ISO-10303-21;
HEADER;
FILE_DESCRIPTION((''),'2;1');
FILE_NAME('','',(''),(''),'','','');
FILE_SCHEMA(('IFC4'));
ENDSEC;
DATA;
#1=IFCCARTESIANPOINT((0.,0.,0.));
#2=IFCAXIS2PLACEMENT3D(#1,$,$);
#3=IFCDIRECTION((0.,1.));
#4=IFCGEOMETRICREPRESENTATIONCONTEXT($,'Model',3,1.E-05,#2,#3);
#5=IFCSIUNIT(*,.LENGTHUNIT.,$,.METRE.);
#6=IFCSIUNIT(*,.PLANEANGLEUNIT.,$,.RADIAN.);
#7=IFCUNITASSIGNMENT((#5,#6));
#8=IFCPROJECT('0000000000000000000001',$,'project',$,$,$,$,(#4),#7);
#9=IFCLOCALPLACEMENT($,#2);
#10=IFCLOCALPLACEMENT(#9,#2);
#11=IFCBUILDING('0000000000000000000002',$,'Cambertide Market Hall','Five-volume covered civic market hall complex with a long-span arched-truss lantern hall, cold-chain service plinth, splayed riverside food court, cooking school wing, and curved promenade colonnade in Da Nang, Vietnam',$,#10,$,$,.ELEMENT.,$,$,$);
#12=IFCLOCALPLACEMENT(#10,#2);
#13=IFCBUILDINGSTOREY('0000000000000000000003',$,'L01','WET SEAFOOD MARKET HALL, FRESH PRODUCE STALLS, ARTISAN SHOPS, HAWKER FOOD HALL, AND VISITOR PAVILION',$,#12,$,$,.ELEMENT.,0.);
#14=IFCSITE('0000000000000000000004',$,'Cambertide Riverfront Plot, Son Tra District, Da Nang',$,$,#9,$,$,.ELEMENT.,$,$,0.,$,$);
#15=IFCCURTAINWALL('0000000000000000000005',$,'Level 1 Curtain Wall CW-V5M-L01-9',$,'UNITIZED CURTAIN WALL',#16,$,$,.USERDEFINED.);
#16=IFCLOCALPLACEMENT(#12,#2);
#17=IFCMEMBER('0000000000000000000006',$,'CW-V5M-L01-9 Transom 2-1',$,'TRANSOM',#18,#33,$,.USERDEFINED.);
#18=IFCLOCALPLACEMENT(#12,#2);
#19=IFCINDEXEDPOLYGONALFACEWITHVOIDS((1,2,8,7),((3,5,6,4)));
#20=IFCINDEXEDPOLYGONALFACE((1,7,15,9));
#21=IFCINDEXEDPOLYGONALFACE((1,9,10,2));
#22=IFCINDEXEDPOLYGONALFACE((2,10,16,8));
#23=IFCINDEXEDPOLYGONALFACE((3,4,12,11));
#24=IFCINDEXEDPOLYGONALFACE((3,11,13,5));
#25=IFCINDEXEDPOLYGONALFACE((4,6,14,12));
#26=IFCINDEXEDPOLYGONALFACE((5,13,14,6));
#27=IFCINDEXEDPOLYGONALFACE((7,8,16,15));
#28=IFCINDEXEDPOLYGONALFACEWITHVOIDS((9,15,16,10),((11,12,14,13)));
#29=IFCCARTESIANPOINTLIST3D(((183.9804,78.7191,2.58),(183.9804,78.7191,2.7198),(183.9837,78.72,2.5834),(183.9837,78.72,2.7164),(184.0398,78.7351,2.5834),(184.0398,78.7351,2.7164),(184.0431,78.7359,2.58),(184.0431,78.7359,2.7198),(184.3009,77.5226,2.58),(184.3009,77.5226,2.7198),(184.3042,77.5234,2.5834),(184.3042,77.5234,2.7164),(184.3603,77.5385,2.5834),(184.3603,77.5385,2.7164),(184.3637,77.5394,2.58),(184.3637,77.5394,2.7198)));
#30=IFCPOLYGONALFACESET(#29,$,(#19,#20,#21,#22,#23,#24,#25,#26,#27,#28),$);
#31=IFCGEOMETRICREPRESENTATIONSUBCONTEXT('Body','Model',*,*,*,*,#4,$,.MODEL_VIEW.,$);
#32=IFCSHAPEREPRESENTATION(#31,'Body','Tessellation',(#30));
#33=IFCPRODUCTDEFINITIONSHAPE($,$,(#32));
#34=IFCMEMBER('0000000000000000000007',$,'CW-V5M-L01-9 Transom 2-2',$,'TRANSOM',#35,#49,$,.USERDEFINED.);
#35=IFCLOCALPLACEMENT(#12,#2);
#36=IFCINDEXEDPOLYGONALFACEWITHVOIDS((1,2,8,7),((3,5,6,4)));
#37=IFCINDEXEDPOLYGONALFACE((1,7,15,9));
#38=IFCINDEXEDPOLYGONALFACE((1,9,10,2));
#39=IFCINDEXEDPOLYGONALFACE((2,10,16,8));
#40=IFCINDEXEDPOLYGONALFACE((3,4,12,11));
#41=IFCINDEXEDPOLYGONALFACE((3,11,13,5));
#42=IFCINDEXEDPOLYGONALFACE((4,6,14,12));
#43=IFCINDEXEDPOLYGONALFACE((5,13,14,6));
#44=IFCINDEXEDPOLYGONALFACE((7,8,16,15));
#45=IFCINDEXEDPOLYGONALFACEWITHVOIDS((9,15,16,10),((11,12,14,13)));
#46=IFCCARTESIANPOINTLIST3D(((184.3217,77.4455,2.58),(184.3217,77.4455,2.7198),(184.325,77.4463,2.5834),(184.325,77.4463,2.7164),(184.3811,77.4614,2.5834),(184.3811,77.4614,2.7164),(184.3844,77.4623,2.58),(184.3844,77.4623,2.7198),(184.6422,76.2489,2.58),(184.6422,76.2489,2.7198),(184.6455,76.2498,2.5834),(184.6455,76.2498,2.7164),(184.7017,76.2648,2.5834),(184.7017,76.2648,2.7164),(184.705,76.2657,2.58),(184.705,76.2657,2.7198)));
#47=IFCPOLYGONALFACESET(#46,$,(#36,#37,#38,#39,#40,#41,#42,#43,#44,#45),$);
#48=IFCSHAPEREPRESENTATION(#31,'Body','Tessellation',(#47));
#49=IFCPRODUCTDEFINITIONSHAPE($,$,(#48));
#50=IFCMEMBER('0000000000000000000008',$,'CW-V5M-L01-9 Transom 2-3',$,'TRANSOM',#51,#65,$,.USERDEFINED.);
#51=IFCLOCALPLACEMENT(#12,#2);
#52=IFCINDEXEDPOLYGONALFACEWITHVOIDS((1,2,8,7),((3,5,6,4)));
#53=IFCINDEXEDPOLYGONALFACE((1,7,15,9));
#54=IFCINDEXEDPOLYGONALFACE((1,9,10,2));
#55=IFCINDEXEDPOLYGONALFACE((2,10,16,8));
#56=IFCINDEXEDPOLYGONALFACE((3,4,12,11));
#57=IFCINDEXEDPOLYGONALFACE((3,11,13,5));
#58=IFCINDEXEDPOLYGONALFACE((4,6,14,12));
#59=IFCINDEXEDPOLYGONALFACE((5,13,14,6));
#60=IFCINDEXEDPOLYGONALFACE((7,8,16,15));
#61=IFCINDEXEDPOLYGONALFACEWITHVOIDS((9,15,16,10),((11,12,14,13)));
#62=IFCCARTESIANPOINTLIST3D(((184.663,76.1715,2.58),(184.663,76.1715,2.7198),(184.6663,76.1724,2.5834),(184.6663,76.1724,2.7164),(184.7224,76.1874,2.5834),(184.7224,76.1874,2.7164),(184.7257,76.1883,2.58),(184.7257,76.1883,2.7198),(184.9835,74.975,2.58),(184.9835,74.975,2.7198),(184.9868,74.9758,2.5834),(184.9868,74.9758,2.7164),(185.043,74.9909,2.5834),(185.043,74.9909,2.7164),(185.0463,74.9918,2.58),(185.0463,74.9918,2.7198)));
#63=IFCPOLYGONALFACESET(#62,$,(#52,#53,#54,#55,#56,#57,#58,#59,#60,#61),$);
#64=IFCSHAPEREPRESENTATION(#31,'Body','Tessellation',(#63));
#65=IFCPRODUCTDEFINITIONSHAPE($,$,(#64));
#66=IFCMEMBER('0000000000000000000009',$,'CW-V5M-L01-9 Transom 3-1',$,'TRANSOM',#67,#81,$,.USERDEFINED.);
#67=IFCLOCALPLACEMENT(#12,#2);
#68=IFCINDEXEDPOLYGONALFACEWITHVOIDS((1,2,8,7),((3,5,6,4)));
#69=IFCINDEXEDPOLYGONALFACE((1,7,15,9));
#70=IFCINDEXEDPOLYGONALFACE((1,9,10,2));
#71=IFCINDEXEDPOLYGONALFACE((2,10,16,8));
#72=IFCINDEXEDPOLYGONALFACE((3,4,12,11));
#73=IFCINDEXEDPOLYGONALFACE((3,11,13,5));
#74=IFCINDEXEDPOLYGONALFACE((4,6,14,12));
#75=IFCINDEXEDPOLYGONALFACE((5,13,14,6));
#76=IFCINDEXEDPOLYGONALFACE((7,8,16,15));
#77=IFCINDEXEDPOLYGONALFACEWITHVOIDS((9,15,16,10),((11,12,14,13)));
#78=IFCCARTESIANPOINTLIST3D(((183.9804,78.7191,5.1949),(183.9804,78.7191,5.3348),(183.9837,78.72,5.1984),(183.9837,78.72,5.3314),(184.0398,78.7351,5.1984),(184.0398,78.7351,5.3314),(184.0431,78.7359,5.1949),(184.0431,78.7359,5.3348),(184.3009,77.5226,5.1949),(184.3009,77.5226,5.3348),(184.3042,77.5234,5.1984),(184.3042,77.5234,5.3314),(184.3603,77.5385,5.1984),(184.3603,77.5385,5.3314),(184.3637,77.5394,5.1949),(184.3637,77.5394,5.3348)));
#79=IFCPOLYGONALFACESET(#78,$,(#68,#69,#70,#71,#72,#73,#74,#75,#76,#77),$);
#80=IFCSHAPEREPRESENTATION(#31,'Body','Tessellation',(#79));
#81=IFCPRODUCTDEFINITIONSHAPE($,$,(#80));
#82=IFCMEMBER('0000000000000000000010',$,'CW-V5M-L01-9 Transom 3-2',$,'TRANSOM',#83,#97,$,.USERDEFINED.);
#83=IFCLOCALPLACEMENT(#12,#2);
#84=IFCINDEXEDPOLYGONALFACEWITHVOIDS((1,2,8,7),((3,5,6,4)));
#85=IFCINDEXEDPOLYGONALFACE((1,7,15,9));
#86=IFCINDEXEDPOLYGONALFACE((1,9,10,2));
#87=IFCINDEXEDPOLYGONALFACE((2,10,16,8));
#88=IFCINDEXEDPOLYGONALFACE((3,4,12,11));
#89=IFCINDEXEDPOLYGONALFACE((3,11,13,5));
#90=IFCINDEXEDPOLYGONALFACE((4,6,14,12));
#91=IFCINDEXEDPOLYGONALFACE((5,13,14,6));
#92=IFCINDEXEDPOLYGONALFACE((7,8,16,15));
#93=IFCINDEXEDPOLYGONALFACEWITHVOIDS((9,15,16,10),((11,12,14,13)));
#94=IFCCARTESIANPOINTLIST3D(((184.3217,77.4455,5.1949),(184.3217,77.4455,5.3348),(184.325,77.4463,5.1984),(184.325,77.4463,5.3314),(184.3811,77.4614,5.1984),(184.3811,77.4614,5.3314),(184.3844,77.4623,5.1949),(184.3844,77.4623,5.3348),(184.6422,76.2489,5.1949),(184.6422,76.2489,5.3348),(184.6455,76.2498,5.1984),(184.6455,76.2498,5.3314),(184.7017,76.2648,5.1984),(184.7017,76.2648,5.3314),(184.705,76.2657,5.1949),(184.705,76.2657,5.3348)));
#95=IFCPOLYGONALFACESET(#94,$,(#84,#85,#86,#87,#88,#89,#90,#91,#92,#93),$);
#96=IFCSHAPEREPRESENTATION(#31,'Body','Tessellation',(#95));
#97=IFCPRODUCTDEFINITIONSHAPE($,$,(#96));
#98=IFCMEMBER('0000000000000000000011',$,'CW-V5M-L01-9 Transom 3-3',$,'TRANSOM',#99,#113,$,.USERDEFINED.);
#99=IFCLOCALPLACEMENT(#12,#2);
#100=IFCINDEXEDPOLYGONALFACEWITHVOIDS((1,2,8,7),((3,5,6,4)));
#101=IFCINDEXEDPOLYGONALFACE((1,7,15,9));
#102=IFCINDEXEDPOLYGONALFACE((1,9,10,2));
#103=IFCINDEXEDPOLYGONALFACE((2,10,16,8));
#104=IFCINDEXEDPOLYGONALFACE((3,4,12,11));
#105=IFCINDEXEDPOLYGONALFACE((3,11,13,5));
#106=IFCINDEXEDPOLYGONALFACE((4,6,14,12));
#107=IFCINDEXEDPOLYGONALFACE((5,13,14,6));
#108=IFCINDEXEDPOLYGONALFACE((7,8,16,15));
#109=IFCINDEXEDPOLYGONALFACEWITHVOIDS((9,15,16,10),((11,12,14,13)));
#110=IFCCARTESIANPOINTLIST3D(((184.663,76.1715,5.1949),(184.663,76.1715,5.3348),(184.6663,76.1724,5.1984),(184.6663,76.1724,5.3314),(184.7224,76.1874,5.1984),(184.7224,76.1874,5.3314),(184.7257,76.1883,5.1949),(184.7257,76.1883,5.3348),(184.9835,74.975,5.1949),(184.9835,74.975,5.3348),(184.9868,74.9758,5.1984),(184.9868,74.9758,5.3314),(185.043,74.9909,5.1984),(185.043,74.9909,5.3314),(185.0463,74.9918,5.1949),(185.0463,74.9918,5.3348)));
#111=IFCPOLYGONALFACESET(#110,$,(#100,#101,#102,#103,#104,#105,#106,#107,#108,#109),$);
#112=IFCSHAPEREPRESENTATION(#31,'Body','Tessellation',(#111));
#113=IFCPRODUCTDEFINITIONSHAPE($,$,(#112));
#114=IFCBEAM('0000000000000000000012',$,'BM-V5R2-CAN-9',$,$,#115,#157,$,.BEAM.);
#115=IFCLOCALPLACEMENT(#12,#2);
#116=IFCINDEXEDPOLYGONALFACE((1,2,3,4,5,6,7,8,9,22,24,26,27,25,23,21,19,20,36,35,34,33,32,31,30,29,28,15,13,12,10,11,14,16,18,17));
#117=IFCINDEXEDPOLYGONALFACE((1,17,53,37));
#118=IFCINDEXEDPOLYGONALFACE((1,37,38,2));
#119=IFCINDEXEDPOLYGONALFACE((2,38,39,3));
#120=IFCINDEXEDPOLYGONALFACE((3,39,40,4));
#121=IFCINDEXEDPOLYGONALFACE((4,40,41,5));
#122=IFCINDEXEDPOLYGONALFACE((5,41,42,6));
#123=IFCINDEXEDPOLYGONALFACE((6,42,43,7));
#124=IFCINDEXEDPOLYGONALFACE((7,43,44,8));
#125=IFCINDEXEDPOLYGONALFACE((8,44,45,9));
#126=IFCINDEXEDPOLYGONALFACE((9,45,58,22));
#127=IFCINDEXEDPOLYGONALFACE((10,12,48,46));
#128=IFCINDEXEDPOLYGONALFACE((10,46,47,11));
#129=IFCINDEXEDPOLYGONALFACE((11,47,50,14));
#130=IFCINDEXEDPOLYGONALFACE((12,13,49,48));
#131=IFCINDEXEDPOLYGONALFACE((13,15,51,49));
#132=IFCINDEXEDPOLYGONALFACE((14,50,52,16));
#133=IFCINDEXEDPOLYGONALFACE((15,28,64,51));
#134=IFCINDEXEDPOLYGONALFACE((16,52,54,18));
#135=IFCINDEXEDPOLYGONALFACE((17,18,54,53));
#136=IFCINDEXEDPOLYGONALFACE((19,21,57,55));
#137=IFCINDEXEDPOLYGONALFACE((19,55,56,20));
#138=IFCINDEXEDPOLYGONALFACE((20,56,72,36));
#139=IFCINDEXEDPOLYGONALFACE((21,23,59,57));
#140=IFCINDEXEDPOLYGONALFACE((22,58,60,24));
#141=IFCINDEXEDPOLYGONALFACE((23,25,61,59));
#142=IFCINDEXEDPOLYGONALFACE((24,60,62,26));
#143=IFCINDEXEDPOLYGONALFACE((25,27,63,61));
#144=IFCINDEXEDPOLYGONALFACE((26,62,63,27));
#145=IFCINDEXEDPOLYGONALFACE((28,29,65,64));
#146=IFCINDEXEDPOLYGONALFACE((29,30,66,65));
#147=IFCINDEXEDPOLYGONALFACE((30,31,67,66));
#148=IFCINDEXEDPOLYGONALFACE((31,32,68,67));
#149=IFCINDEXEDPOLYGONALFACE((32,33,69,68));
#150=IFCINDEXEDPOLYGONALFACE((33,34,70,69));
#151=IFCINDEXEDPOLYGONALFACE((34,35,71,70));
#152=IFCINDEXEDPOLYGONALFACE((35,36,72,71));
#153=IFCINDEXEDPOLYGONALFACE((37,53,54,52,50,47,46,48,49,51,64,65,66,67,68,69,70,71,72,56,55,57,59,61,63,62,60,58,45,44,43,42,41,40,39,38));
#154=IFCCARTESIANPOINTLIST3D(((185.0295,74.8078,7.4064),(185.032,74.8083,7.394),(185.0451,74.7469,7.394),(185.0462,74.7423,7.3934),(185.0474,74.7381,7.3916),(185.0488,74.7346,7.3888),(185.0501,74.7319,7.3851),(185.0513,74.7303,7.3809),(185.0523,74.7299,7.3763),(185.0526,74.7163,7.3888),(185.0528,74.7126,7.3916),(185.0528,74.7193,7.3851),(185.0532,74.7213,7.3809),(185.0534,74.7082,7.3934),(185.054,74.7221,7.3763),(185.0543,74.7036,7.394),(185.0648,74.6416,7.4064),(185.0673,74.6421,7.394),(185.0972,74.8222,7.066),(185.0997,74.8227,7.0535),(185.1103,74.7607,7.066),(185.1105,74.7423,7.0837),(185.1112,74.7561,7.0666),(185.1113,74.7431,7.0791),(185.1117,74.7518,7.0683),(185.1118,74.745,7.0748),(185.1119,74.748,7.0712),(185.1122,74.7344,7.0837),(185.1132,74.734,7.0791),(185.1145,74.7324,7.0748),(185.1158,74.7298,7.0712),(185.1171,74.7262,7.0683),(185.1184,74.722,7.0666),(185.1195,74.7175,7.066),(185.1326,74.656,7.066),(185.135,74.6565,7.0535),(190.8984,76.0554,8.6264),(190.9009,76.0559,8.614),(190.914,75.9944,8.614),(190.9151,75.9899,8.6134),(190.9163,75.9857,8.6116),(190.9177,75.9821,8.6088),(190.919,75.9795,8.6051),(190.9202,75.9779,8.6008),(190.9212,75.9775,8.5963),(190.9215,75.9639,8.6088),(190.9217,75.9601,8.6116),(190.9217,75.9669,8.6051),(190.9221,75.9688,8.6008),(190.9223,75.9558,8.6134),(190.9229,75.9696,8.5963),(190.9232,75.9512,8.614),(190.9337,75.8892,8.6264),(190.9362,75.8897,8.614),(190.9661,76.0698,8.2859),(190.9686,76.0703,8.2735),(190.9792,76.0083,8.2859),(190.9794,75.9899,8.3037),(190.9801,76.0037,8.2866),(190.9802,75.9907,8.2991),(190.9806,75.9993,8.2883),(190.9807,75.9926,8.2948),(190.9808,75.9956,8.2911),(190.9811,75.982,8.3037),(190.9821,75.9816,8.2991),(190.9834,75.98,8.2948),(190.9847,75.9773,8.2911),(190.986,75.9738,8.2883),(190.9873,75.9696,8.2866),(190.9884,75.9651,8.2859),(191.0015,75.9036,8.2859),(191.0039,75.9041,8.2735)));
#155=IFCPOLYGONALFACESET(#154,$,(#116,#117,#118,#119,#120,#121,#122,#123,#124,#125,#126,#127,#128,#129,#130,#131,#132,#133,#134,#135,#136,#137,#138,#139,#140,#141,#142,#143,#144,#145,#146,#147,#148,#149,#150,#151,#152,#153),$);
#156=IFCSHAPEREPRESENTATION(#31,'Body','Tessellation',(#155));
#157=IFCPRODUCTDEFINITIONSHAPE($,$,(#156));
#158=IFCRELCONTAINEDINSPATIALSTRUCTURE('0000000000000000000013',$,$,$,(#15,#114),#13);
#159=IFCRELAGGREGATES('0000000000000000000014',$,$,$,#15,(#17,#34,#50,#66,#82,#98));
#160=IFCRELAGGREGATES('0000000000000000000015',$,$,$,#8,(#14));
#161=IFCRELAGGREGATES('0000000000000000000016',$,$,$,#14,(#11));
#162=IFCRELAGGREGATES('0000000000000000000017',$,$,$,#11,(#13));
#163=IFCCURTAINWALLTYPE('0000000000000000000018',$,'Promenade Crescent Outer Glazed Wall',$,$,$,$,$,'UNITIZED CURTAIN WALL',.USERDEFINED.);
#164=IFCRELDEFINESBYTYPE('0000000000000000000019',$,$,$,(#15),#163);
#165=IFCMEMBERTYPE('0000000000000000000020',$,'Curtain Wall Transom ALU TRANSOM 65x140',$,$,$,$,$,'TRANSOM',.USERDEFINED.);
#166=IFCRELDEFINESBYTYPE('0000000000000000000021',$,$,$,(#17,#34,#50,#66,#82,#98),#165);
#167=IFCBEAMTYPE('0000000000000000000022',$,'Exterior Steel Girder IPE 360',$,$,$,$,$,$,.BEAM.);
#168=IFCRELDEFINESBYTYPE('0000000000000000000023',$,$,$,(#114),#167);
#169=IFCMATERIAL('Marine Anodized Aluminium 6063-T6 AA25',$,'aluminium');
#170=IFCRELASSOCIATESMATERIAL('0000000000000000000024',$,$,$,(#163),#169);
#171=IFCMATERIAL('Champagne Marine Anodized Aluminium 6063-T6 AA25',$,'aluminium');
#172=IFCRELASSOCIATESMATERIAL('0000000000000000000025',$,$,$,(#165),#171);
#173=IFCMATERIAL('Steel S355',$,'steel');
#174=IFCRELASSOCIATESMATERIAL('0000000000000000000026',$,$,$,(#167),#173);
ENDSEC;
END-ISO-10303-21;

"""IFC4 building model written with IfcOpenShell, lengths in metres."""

from ifc_helpers import new_model, si_unit, direction, frame, origin, origin_2d, place, context, subcontext, project, spatial, hollow_rectangle, i_section, extrude, material, material_profile, profile_set, type_object, element, aggregate, save


model = new_model("IFC4")

# Units and contexts
model_context = context("Model", 3, precision=1e-05, world=origin(), true_north=direction((0.0, 1.0)))
body_context = subcontext(model_context, "Body", "Model", "MODEL_VIEW")
ifc_project = project(units=[si_unit("LENGTHUNIT", "METRE"), si_unit("PLANEANGLEUNIT", "RADIAN")], contexts=[model_context])

# Site, building, storey
site_placement = place(None, origin())
site = spatial("IfcSite", under=ifc_project, at=site_placement, Name="Cambertide Riverfront Plot, Son Tra District, Da Nang", CompositionType="ELEMENT", RefElevation=0.0)
building_placement = place(site_placement, origin())
building = spatial("IfcBuilding", under=site, at=building_placement, Name="Cambertide Market Hall", Description="Five-volume covered civic market hall complex with a long-span arched-truss lantern hall, cold-chain service plinth, splayed riverside food court, cooking school wing, and curved promenade colonnade in Da Nang, Vietnam", CompositionType="ELEMENT")
storey_placement = place(building_placement, origin())
storey = spatial("IfcBuildingStorey", under=building, at=storey_placement, Name="L01", Description="WET SEAFOOD MARKET HALL, FRESH PRODUCE STALLS, ARTISAN SHOPS, HAWKER FOOD HALL, AND VISITOR PAVILION", CompositionType="ELEMENT", Elevation=0.0)

# Curtain wall, members
ifc_material_1 = material(Name="Marine Anodized Aluminium 6063-T6 AA25", Category="aluminium")
curtain_wall_type = type_object("IfcCurtainWallType", Name="Promenade Crescent Outer Glazed Wall", ElementType="UNITIZED CURTAIN WALL", PredefinedType="USERDEFINED", material=ifc_material_1)
curtain_wall_placement = place(storey_placement, origin())
curtain_wall = element("IfcCurtainWall", 1, at=curtain_wall_placement, inside=storey, type_object=curtain_wall_type, Name="Level 1 Curtain Wall CW-V5M-L01-9", ObjectType="UNITIZED CURTAIN WALL", PredefinedType="USERDEFINED")
ifc_material_2 = material(Name="Champagne Marine Anodized Aluminium 6063-T6 AA25", Category="aluminium")
ifc_material_profile_1 = material_profile(ifc_material_2, hollow_rectangle(XDim=0.0649, YDim=0.1399, WallThickness=0.0034, at=origin_2d()), Name="ALU TRANSOM 65x140")
ifc_profile_set_1 = profile_set([ifc_material_profile_1], Name="Champagne Marine Anodized Aluminium 6063-T6 AA25")
member_type_1 = type_object("IfcMemberType", Name="Curtain Wall Transom ALU TRANSOM 65x140", ElementType="TRANSOM", PredefinedType="USERDEFINED", material=ifc_profile_set_1)
member_1_placement = place(storey_placement, frame((184.0117, 78.7275, 2.6499), z_axis=(0.258779, -0.965937, 0.0), x_axis=(0.965937, 0.258779, 0.0)))
member_1 = element("IfcMember", 2, at=member_1_placement, type_object=member_type_1, Name="CW-V5M-L01-9 Transom 2-1", ObjectType="TRANSOM", PredefinedType="USERDEFINED", context=body_context, shape_type="SweptSolid", body=[
    extrude(hollow_rectangle(XDim=0.0649, YDim=0.1399, WallThickness=0.0034, at=origin_2d()), origin(), (0.0, 0.0, 1.0), 1.2388),
])
member_2_placement = place(storey_placement, frame((184.353, 77.4539, 2.6499), z_axis=(0.258779, -0.965937, 0.0), x_axis=(0.965937, 0.258779, 0.0)))
member_2 = element("IfcMember", 3, at=member_2_placement, type_object=member_type_1, Name="CW-V5M-L01-9 Transom 2-2", ObjectType="TRANSOM", PredefinedType="USERDEFINED", context=body_context, shape_type="SweptSolid", body=[
    extrude(hollow_rectangle(XDim=0.0649, YDim=0.1399, WallThickness=0.0034, at=origin_2d()), origin(), (0.0, 0.0, 1.0), 1.2388),
])
member_3_placement = place(storey_placement, frame((184.6943, 76.1799, 2.6499), z_axis=(0.258779, -0.965937, 0.0), x_axis=(0.965937, 0.258779, 0.0)))
member_3 = element("IfcMember", 4, at=member_3_placement, type_object=member_type_1, Name="CW-V5M-L01-9 Transom 2-3", ObjectType="TRANSOM", PredefinedType="USERDEFINED", context=body_context, shape_type="SweptSolid", body=[
    extrude(hollow_rectangle(XDim=0.0649, YDim=0.1399, WallThickness=0.0034, at=origin_2d()), origin(), (0.0, 0.0, 1.0), 1.2388),
])
member_4_placement = place(storey_placement, frame((184.0117, 78.7275, 5.2649), z_axis=(0.258779, -0.965937, 0.0), x_axis=(0.965937, 0.258779, 0.0)))
member_4 = element("IfcMember", 5, at=member_4_placement, type_object=member_type_1, Name="CW-V5M-L01-9 Transom 3-1", ObjectType="TRANSOM", PredefinedType="USERDEFINED", context=body_context, shape_type="SweptSolid", body=[
    extrude(hollow_rectangle(XDim=0.0649, YDim=0.1399, WallThickness=0.0034, at=origin_2d()), origin(), (0.0, 0.0, 1.0), 1.2388),
])
member_5_placement = place(storey_placement, frame((184.353, 77.4539, 5.2649), z_axis=(0.258779, -0.965937, 0.0), x_axis=(0.965937, 0.258779, 0.0)))
member_5 = element("IfcMember", 6, at=member_5_placement, type_object=member_type_1, Name="CW-V5M-L01-9 Transom 3-2", ObjectType="TRANSOM", PredefinedType="USERDEFINED", context=body_context, shape_type="SweptSolid", body=[
    extrude(hollow_rectangle(XDim=0.0649, YDim=0.1399, WallThickness=0.0034, at=origin_2d()), origin(), (0.0, 0.0, 1.0), 1.2388),
])
member_6_placement = place(storey_placement, frame((184.6943, 76.1799, 5.2649), z_axis=(0.258779, -0.965937, 0.0), x_axis=(0.965937, 0.258779, 0.0)))
member_6 = element("IfcMember", 7, at=member_6_placement, type_object=member_type_1, Name="CW-V5M-L01-9 Transom 3-3", ObjectType="TRANSOM", PredefinedType="USERDEFINED", context=body_context, shape_type="SweptSolid", body=[
    extrude(hollow_rectangle(XDim=0.0649, YDim=0.1399, WallThickness=0.0034, at=origin_2d()), origin(), (0.0, 0.0, 1.0), 1.2388),
])

# Beam
ifc_material_3 = material(Name="Steel S355", Category="steel")
ifc_material_profile_2 = material_profile(ifc_material_3, i_section(OverallWidth=0.1699, OverallDepth=0.3601, WebThickness=0.0081, FlangeThickness=0.0127, FilletRadius=0.0181, at=origin_2d()), Name="IPE 360")
ifc_profile_set_2 = profile_set([ifc_material_profile_2], Name="Steel S355")
beam_type_1 = type_object("IfcBeamType", Name="Exterior Steel Girder IPE 360", PredefinedType="BEAM", material=ifc_profile_set_2)
for number, where, z_axis, x_axis, name in (
    (8, (185.0823, 74.7322, 7.23), (0.958532, 0.203756, 0.19925), (-0.207925, 0.978145, 0.0), "BM-V5R2-CAN-9"),
):
    element("IfcBeam", number, at=place(storey_placement, frame(where, z_axis=z_axis, x_axis=x_axis)), inside=storey, type_object=beam_type_1, Name=name, PredefinedType="BEAM", context=body_context, shape_type="SweptSolid", body=[
        extrude(i_section(OverallWidth=0.1699, OverallDepth=0.3601, WebThickness=0.0081, FlangeThickness=0.0127, FilletRadius=0.0181, at=origin_2d()), origin(), (0.0, 0.0, 1.0), 6.1228),
    ])

aggregate(curtain_wall, [member_1, member_2, member_3, member_4, member_5, member_6])

save(model, "model.ifc")
